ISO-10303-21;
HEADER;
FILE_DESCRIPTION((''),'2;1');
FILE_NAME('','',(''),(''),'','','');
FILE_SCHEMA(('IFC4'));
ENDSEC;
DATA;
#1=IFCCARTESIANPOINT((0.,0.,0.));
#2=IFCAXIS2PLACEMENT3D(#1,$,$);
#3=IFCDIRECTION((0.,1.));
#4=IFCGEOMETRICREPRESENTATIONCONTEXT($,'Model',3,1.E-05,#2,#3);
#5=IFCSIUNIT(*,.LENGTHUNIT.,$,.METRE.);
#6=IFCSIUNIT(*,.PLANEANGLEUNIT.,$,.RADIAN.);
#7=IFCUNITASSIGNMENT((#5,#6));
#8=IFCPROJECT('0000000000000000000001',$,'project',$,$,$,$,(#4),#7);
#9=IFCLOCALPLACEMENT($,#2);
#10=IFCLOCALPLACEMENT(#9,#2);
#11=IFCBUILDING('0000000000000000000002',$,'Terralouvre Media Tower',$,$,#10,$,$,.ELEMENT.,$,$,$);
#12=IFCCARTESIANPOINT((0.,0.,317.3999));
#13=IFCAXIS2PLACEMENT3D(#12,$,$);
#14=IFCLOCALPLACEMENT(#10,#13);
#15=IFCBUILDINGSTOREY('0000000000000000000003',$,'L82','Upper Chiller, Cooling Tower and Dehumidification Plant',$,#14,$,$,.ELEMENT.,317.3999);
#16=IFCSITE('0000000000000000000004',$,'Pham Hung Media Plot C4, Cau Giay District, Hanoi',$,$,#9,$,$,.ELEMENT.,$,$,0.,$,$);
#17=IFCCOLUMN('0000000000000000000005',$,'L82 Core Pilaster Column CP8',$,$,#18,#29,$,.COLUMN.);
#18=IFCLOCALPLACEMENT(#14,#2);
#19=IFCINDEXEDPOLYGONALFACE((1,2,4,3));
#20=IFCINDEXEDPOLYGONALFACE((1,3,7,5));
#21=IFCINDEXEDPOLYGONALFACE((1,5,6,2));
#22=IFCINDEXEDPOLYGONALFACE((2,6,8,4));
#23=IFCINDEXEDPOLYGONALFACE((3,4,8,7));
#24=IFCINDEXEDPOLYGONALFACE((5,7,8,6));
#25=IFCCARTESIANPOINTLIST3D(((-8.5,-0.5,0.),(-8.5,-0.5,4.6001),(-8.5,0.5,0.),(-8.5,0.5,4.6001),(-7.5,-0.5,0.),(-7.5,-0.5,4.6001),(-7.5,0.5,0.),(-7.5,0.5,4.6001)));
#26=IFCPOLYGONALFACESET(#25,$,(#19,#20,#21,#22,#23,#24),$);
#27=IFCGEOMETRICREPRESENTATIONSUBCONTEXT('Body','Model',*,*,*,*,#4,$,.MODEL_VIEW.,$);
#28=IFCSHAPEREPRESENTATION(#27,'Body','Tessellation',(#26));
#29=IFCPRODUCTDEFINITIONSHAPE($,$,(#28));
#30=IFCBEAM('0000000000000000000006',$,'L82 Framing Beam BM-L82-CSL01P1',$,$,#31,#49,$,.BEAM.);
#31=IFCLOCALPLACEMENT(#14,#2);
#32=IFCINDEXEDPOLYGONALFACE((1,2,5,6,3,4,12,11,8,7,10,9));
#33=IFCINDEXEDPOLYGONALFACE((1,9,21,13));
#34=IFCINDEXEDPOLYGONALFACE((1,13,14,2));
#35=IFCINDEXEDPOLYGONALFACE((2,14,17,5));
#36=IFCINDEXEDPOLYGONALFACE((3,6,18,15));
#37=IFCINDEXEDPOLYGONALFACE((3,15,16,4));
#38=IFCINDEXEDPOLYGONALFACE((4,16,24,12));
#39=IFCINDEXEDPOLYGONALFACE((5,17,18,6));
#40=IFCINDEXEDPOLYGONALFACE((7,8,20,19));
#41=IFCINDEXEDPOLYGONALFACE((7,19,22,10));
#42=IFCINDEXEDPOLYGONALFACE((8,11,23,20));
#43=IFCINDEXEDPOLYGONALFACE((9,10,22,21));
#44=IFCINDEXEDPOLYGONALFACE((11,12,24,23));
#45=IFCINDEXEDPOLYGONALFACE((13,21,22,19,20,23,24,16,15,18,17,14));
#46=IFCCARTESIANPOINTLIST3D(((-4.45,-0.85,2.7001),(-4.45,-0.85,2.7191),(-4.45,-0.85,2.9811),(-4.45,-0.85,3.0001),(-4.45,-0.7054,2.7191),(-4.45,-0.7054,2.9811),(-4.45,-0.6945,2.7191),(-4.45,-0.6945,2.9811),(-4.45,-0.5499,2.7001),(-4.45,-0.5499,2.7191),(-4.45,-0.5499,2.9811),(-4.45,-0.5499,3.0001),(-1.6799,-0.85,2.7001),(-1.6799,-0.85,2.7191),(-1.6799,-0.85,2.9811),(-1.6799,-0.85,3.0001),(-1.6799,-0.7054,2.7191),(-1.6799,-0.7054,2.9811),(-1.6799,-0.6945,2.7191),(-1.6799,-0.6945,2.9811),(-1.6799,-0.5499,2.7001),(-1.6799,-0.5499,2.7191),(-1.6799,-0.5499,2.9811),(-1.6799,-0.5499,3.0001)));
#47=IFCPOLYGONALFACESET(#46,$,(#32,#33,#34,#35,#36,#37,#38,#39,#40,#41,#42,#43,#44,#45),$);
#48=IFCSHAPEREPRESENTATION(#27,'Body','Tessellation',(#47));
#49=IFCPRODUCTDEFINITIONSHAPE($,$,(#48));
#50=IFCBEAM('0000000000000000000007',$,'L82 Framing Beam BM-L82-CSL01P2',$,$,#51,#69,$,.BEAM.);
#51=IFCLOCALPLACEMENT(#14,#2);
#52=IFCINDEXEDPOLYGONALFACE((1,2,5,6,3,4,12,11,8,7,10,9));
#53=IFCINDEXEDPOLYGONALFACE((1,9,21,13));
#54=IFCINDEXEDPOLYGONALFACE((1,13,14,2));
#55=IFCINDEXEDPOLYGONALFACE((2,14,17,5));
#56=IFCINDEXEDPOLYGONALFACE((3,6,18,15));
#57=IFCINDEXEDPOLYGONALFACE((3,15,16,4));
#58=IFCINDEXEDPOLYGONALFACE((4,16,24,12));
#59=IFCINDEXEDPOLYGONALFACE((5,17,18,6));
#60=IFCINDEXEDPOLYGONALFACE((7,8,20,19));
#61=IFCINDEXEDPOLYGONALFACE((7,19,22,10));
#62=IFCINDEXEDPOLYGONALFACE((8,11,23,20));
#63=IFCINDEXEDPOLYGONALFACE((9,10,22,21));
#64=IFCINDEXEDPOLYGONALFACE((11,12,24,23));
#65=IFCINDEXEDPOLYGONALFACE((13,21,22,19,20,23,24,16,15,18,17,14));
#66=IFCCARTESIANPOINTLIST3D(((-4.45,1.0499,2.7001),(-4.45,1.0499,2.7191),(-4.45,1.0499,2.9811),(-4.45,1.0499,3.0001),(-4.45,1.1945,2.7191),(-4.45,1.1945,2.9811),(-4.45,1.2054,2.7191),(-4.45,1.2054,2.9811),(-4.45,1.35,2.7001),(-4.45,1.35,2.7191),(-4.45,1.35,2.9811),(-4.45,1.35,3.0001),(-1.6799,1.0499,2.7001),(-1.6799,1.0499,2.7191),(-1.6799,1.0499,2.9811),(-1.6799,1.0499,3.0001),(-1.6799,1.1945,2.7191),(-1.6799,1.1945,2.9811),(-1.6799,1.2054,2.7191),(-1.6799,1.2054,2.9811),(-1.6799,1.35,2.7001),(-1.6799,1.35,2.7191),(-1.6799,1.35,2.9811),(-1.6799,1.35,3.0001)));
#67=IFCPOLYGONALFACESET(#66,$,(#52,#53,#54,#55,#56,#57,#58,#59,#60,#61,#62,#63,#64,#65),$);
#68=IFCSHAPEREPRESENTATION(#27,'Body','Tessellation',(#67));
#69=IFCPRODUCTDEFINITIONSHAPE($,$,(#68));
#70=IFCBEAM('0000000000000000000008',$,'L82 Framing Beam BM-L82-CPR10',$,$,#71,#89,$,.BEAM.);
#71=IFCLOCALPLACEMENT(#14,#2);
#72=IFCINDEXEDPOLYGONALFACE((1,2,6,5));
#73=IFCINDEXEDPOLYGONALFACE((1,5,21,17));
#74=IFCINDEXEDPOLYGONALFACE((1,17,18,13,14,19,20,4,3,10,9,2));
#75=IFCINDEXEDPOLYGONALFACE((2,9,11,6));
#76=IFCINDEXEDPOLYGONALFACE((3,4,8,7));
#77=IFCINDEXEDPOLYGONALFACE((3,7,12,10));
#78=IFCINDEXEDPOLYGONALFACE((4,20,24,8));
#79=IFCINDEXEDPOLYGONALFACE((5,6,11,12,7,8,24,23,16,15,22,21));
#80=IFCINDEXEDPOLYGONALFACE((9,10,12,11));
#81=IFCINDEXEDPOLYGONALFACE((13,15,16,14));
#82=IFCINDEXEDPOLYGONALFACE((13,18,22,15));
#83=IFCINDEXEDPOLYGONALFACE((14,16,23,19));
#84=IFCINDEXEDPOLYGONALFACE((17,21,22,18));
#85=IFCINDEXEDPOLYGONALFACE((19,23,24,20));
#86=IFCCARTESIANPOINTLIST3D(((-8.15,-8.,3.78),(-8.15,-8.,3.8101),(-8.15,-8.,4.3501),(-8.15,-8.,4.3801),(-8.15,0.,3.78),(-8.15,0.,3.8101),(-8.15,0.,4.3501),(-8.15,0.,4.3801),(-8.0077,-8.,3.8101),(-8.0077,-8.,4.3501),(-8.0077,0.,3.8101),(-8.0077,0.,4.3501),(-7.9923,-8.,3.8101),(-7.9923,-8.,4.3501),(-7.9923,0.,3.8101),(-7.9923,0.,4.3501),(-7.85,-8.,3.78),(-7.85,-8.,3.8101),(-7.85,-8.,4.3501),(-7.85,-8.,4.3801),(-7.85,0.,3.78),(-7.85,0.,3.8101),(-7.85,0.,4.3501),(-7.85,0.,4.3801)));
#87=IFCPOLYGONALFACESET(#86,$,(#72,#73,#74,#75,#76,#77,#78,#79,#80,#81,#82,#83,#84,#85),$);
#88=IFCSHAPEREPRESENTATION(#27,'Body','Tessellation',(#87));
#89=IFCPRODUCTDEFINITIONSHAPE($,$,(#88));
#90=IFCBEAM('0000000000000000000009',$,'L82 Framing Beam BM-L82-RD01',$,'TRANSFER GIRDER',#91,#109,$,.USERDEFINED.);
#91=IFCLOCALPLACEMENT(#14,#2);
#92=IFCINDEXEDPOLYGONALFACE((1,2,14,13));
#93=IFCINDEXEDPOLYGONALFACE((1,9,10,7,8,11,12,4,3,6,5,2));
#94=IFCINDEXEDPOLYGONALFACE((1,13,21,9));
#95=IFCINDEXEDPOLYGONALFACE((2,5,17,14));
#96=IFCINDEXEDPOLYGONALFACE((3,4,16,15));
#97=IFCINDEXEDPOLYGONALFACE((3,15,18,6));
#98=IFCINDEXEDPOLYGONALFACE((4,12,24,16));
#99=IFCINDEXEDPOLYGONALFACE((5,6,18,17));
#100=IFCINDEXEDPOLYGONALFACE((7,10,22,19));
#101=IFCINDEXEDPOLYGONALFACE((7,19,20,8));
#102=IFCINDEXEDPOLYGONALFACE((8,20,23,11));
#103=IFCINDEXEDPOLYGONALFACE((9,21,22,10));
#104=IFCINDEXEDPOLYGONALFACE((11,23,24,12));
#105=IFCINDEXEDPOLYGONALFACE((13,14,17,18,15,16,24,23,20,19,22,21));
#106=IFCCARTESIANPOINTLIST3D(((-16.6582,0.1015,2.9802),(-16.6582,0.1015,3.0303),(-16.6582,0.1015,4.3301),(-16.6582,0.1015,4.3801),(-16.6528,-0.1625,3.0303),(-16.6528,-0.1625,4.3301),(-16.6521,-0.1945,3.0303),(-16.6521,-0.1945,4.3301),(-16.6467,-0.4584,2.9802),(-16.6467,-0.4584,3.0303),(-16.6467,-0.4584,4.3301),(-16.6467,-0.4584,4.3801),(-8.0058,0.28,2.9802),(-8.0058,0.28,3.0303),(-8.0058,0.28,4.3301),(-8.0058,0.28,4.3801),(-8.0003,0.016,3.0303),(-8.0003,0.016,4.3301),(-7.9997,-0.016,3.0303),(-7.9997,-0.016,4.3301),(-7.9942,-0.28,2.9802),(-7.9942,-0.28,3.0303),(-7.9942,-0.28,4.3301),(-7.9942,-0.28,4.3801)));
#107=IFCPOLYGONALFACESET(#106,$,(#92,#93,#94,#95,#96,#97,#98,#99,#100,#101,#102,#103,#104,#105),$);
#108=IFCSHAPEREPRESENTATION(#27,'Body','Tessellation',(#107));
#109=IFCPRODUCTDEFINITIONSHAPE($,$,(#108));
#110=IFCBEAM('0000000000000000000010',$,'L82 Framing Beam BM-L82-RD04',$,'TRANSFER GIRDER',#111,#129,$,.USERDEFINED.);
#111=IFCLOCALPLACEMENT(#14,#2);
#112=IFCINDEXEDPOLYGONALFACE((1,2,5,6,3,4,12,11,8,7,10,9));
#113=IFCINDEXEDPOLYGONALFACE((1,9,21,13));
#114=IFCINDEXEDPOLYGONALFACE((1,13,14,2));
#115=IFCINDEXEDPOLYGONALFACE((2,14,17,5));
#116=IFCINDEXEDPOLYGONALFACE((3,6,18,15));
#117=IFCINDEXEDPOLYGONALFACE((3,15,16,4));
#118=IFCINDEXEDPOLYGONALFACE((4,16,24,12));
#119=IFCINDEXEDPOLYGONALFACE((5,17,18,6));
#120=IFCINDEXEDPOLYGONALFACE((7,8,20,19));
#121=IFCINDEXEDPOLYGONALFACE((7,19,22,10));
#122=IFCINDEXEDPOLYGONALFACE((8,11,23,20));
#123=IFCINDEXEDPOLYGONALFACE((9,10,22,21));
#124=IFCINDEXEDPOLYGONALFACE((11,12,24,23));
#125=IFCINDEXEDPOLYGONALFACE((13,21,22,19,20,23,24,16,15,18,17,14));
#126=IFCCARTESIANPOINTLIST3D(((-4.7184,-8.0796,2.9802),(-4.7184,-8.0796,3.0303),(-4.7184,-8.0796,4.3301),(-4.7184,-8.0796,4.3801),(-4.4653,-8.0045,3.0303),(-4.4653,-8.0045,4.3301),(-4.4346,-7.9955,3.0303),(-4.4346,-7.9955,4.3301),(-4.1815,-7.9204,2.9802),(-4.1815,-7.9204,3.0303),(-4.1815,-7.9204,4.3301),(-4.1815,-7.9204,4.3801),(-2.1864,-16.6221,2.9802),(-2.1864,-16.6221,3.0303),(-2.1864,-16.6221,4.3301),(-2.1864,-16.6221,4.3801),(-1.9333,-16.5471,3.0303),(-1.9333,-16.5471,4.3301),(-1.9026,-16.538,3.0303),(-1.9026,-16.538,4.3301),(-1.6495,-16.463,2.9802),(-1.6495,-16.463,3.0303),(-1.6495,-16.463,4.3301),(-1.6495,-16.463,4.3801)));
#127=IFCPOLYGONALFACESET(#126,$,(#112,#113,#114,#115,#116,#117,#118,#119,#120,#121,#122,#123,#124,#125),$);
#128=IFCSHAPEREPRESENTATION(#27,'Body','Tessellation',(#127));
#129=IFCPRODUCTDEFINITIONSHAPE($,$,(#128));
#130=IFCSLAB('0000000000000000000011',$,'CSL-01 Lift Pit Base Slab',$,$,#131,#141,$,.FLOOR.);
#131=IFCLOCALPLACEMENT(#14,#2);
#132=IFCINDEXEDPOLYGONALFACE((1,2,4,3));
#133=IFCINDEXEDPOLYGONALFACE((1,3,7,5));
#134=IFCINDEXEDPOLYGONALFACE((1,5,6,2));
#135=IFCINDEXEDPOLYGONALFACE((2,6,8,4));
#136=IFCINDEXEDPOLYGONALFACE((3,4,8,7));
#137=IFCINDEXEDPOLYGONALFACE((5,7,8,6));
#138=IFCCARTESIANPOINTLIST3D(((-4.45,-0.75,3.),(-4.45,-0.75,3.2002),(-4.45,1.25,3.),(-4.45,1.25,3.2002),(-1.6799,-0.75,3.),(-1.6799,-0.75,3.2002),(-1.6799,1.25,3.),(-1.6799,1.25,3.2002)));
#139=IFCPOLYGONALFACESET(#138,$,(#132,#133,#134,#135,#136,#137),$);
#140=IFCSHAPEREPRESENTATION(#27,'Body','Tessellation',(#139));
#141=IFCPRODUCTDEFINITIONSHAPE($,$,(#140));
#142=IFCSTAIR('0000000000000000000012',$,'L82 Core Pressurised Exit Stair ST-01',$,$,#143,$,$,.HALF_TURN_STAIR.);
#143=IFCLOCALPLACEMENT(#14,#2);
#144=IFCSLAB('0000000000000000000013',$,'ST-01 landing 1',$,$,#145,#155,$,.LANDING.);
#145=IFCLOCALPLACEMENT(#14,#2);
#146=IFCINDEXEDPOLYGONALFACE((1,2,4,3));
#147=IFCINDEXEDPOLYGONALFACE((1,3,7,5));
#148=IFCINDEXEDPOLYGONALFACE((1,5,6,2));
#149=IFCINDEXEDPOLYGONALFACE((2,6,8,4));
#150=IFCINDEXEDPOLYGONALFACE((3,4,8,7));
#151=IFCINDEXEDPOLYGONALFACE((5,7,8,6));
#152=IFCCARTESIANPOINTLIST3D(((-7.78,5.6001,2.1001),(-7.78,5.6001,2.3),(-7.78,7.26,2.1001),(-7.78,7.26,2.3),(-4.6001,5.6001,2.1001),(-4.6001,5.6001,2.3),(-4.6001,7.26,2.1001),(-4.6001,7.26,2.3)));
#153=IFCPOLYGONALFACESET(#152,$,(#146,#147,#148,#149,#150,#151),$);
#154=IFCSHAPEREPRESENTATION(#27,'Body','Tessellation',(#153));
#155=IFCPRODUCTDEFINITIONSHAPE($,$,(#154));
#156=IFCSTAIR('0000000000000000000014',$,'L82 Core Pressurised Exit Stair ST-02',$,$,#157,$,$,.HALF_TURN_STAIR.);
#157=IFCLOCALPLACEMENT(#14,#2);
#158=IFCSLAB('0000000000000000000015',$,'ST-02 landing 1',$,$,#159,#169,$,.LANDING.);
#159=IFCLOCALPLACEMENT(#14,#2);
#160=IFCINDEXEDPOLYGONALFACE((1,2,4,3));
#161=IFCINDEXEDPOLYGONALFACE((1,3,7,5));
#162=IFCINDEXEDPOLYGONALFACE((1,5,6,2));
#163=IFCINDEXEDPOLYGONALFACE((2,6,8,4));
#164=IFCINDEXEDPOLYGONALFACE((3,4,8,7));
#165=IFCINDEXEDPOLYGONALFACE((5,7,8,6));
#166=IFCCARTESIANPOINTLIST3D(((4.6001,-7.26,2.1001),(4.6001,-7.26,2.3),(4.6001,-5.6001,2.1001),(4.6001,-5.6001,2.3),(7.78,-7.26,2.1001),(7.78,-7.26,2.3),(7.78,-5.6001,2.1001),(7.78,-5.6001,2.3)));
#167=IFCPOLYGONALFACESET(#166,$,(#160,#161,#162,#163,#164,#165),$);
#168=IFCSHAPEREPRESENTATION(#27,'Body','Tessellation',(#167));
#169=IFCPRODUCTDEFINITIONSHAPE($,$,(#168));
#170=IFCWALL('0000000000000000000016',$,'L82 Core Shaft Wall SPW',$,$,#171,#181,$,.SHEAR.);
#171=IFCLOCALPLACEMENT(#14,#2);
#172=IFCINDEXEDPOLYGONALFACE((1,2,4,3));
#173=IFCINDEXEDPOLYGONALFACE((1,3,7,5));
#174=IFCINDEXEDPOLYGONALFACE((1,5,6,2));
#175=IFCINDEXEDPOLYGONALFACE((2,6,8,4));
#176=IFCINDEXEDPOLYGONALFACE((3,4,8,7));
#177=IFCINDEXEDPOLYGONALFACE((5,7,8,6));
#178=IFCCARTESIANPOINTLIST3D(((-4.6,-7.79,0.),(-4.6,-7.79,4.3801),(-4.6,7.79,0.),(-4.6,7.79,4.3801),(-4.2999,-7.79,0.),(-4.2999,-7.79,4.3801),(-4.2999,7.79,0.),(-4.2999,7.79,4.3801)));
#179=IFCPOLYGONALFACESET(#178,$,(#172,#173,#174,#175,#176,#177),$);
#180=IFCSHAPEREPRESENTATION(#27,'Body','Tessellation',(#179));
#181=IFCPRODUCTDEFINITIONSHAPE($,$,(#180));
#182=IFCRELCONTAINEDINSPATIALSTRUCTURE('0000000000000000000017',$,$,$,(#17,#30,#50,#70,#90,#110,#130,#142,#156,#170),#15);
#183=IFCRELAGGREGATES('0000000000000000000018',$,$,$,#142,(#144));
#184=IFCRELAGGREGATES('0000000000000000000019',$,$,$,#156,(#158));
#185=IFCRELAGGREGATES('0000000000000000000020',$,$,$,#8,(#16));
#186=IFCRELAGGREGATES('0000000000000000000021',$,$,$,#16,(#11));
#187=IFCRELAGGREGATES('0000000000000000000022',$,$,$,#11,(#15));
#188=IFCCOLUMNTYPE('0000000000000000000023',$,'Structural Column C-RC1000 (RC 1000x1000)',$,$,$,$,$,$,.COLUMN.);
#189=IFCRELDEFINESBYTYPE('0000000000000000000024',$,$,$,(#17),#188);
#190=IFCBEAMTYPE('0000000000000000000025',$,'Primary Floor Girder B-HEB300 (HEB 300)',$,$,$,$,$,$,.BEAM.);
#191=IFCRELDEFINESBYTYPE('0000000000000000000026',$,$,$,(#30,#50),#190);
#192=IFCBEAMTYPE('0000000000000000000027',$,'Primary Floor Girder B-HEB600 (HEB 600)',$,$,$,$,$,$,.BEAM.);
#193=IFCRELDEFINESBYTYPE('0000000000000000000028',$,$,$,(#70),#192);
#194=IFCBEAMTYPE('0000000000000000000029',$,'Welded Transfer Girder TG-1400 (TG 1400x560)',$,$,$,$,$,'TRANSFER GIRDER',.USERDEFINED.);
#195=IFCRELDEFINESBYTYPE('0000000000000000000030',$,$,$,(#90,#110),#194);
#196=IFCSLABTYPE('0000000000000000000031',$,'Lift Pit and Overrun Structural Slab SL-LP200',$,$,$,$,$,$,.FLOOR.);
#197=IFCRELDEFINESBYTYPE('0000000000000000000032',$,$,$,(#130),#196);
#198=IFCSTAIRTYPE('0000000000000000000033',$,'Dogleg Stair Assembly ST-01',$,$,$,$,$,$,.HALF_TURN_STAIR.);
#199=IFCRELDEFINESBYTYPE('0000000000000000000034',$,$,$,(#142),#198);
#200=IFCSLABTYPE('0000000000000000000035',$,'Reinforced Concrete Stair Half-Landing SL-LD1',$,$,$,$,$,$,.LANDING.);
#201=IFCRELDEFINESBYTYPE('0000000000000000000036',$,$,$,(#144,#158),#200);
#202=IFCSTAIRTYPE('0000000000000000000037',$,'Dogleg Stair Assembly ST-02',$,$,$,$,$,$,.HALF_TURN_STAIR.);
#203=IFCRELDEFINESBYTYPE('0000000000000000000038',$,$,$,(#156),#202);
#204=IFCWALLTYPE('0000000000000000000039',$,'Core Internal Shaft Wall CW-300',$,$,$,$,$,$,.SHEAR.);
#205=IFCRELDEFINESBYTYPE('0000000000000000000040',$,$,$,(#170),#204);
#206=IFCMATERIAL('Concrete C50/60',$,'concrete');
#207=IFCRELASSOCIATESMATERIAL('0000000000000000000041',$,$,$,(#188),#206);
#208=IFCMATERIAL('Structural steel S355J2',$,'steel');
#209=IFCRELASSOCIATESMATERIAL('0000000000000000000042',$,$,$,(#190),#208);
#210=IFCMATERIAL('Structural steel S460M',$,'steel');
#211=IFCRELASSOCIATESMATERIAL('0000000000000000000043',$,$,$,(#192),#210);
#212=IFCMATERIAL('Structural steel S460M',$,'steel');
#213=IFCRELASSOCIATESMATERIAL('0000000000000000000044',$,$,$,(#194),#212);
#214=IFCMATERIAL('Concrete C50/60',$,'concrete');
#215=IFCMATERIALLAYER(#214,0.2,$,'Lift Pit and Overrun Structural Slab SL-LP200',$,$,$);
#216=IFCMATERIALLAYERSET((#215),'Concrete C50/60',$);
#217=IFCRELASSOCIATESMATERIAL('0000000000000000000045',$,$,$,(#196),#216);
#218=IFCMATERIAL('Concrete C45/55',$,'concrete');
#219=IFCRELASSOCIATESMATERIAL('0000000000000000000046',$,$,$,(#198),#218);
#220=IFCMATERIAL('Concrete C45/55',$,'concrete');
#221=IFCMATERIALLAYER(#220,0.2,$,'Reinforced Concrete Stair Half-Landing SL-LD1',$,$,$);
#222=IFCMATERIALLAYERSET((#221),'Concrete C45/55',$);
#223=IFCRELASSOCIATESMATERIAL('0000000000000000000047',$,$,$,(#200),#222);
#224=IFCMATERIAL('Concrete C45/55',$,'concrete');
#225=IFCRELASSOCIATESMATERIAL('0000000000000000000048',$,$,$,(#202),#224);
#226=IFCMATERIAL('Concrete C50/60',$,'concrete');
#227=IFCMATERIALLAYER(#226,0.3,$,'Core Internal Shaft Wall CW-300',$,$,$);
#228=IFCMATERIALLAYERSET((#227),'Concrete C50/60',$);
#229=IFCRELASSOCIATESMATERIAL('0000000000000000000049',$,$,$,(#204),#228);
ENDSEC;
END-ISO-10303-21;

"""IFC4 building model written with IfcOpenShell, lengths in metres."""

from ifc_helpers import new_model, si_unit, direction, frame, frame_2d, origin, origin_2d, place, context, subcontext, project, spatial, polyline, rectangle, i_section, outline, extrude, material, layer, layer_set, material_profile, profile_set, type_object, element, aggregate, save


model = new_model("IFC4")

# Units and contexts
model_context = context("Model", 3, precision=1e-05, world=origin(), true_north=direction((0.0, 1.0)))
body_context = subcontext(model_context, "Body", "Model", "MODEL_VIEW")
ifc_project = project(units=[si_unit("LENGTHUNIT", "METRE"), si_unit("PLANEANGLEUNIT", "RADIAN")], contexts=[model_context])

# Site, building, storey
site_placement = place(None, origin())
site = spatial("IfcSite", under=ifc_project, at=site_placement, Name="Pham Hung Media Plot C4, Cau Giay District, Hanoi", CompositionType="ELEMENT", RefElevation=0.0)
building_placement = place(site_placement, origin())
building = spatial("IfcBuilding", under=site, at=building_placement, Name="Terralouvre Media Tower", CompositionType="ELEMENT")
storey_placement = place(building_placement, frame((0.0, 0.0, 317.3999)))
storey = spatial("IfcBuildingStorey", under=building, at=storey_placement, Name="L82", Description="Upper Chiller, Cooling Tower and Dehumidification Plant", CompositionType="ELEMENT", Elevation=317.3999)

# Column
ifc_material_1 = material(Name="Concrete C50/60", Category="concrete")
ifc_material_profile_1 = material_profile(ifc_material_1, rectangle(XDim=1.0, YDim=1.0, at=origin_2d()), Name="RC 1000x1000")
ifc_profile_set_1 = profile_set([ifc_material_profile_1], Name="Concrete C50/60")
column_type = type_object("IfcColumnType", Name="Structural Column C-RC1000 (RC 1000x1000)", PredefinedType="COLUMN", material=ifc_profile_set_1)
column_placement = place(storey_placement, frame((-8.0, 0.0, 0.0), z_axis=(0.0, 0.0, 1.0), x_axis=(1.0, 0.0, 0.0)))
element("IfcColumn", 1, at=column_placement, inside=storey, type_object=column_type, Name="L82 Core Pilaster Column CP8", PredefinedType="COLUMN", context=body_context, shape_type="SweptSolid", body=[
    extrude(rectangle(XDim=1.0, YDim=1.0, at=origin_2d()), origin(), (0.0, 0.0, 1.0), 4.6001),
])

# Beams
ifc_material_2 = material(Name="Structural steel S355J2", Category="steel")
ifc_material_profile_2 = material_profile(ifc_material_2, i_section(OverallWidth=0.3, OverallDepth=0.3, WebThickness=0.011, FlangeThickness=0.019, at=origin_2d()), Name="HEB 300")
ifc_profile_set_2 = profile_set([ifc_material_profile_2], Name="Structural steel S355J2")
beam_type_1 = type_object("IfcBeamType", Name="Primary Floor Girder B-HEB300 (HEB 300)", PredefinedType="BEAM", material=ifc_profile_set_2)
for number, where, z_axis, x_axis, name in (
    (2, (-4.45, -0.7, 2.8501), (1.0, 0.0, 0.0), (0.0, 1.0, 0.0), "L82 Framing Beam BM-L82-CSL01P1"),
    (3, (-4.45, 1.2, 2.8501), (1.0, 0.0, 0.0), (0.0, 1.0, 0.0), "L82 Framing Beam BM-L82-CSL01P2"),
):
    element("IfcBeam", number, at=place(storey_placement, frame(where, z_axis=z_axis, x_axis=x_axis)), inside=storey, type_object=beam_type_1, Name=name, PredefinedType="BEAM", context=body_context, shape_type="SweptSolid", body=[
        extrude(i_section(OverallWidth=0.3, OverallDepth=0.3, WebThickness=0.011, FlangeThickness=0.019, at=origin_2d()), origin(), (0.0, 0.0, 1.0), 2.77),
    ])
ifc_material_3 = material(Name="Structural steel S460M", Category="steel")
ifc_material_profile_3 = material_profile(ifc_material_3, i_section(OverallWidth=0.3, OverallDepth=0.6001, WebThickness=0.0154, FlangeThickness=0.03, at=origin_2d()), Name="HEB 600")
ifc_profile_set_3 = profile_set([ifc_material_profile_3], Name="Structural steel S460M")
beam_type_2 = type_object("IfcBeamType", Name="Primary Floor Girder B-HEB600 (HEB 600)", PredefinedType="BEAM", material=ifc_profile_set_3)
beam_1_placement = place(storey_placement, frame((-8.0, 0.0, 4.0801), z_axis=(0.0, -1.0, 0.0), x_axis=(1.0, 0.0, 0.0)))
element("IfcBeam", 4, at=beam_1_placement, inside=storey, type_object=beam_type_2, Name="L82 Framing Beam BM-L82-CPR10", PredefinedType="BEAM", context=body_context, shape_type="SweptSolid", body=[
    extrude(i_section(OverallWidth=0.3, OverallDepth=0.6001, WebThickness=0.0154, FlangeThickness=0.03, at=origin_2d()), origin(), (0.0, 0.0, 1.0), 8.0),
])
ifc_material_4 = material(Name="Structural steel S460M", Category="steel")
ifc_material_profile_4 = material_profile(ifc_material_4, i_section(OverallWidth=0.5601, OverallDepth=1.3999, WebThickness=0.032, FlangeThickness=0.05, at=origin_2d()), Name="TG 1400x560")
ifc_profile_set_4 = profile_set([ifc_material_profile_4], Name="Structural steel S460M")
beam_type_3 = type_object("IfcBeamType", Name="Welded Transfer Girder TG-1400 (TG 1400x560)", ElementType="TRANSFER GIRDER", PredefinedType="USERDEFINED", material=ifc_profile_set_4)
beam_2_placement = place(storey_placement, frame((-8.0, 0.0, 3.6802), z_axis=(-0.999787, -0.020622, 0.0), x_axis=(0.020622, -0.999787, 0.0)))
element("IfcBeam", 5, at=beam_2_placement, inside=storey, type_object=beam_type_3, Name="L82 Framing Beam BM-L82-RD01", ObjectType="TRANSFER GIRDER", PredefinedType="USERDEFINED", context=body_context, shape_type="SweptSolid", body=[
    extrude(i_section(OverallWidth=0.5601, OverallDepth=1.3999, WebThickness=0.032, FlangeThickness=0.05, at=origin_2d()), origin(), (0.0, 0.0, 1.0), 8.6543),
])
beam_3_placement = place(storey_placement, frame((-4.45, -8.0, 3.6802), z_axis=(0.284179, -0.958771, 0.0), x_axis=(0.958771, 0.284179, 0.0)))
element("IfcBeam", 6, at=beam_3_placement, inside=storey, type_object=beam_type_3, Name="L82 Framing Beam BM-L82-RD04", ObjectType="TRANSFER GIRDER", PredefinedType="USERDEFINED", context=body_context, shape_type="SweptSolid", body=[
    extrude(i_section(OverallWidth=0.5601, OverallDepth=1.3999, WebThickness=0.032, FlangeThickness=0.05, at=origin_2d()), origin(), (0.0, 0.0, 1.0), 8.9099),
])

# Slab
ifc_material_5 = material(Name="Concrete C50/60", Category="concrete")
ifc_layer_1 = layer(ifc_material_5, 0.2, Name="Lift Pit and Overrun Structural Slab SL-LP200")
ifc_layer_set_1 = layer_set([ifc_layer_1], Name="Concrete C50/60")
slab_type_1 = type_object("IfcSlabType", Name="Lift Pit and Overrun Structural Slab SL-LP200", PredefinedType="FLOOR", material=ifc_layer_set_1)
slab_1_placement = place(storey_placement, frame((0.0, 0.0, 3.0)))
element("IfcSlab", 7, at=slab_1_placement, inside=storey, type_object=slab_type_1, Name="CSL-01 Lift Pit Base Slab", PredefinedType="FLOOR", context=body_context, shape_type="SweptSolid", body=[
    extrude(outline(polyline([(-4.45, -0.75), (-1.6799, -0.75), (-1.6799, 1.25), (-4.45, 1.25), (-4.45, -0.75)])), origin(), (0.0, 0.0, 1.0), 0.2002),
])

# Stairs, slabs
ifc_material_6 = material(Name="Concrete C45/55", Category="concrete")
stair_type_1 = type_object("IfcStairType", Name="Dogleg Stair Assembly ST-01", PredefinedType="HALF_TURN_STAIR", material=ifc_material_6)
stair_1_placement = place(storey_placement, origin())
stair_1 = element("IfcStair", 8, at=stair_1_placement, inside=storey, type_object=stair_type_1, Name="L82 Core Pressurised Exit Stair ST-01", PredefinedType="HALF_TURN_STAIR")
ifc_material_7 = material(Name="Concrete C45/55", Category="concrete")
ifc_layer_2 = layer(ifc_material_7, 0.2, Name="Reinforced Concrete Stair Half-Landing SL-LD1")
ifc_layer_set_2 = layer_set([ifc_layer_2], Name="Concrete C45/55")
slab_type_2 = type_object("IfcSlabType", Name="Reinforced Concrete Stair Half-Landing SL-LD1", PredefinedType="LANDING", material=ifc_layer_set_2)
slab_2_placement = place(storey_placement, frame((0.0, 0.0, 2.1001)))
slab_2 = element("IfcSlab", 9, at=slab_2_placement, type_object=slab_type_2, Name="ST-01 landing 1", PredefinedType="LANDING", context=body_context, shape_type="SweptSolid", body=[
    extrude(outline(polyline([(-4.6001, 5.6001), (-4.6001, 7.26), (-7.78, 7.26), (-7.78, 5.6001), (-4.6001, 5.6001)])), origin(), (0.0, 0.0, 1.0), 0.2),
])
aggregate(stair_1, [slab_2])
ifc_material_8 = material(Name="Concrete C45/55", Category="concrete")
stair_type_2 = type_object("IfcStairType", Name="Dogleg Stair Assembly ST-02", PredefinedType="HALF_TURN_STAIR", material=ifc_material_8)
stair_2_placement = place(storey_placement, origin())
stair_2 = element("IfcStair", 10, at=stair_2_placement, inside=storey, type_object=stair_type_2, Name="L82 Core Pressurised Exit Stair ST-02", PredefinedType="HALF_TURN_STAIR")
slab_3_placement = place(storey_placement, frame((0.0, 0.0, 2.1001)))
slab_3 = element("IfcSlab", 11, at=slab_3_placement, type_object=slab_type_2, Name="ST-02 landing 1", PredefinedType="LANDING", context=body_context, shape_type="SweptSolid", body=[
    extrude(outline(polyline([(4.6001, -5.6001), (4.6001, -7.26), (7.78, -7.26), (7.78, -5.6001), (4.6001, -5.6001)])), origin(), (0.0, 0.0, 1.0), 0.2),
])
aggregate(stair_2, [slab_3])

# Wall
ifc_material_9 = material(Name="Concrete C50/60", Category="concrete")
ifc_layer_3 = layer(ifc_material_9, 0.3, Name="Core Internal Shaft Wall CW-300")
ifc_layer_set_3 = layer_set([ifc_layer_3], Name="Concrete C50/60")
wall_type_1 = type_object("IfcWallType", Name="Core Internal Shaft Wall CW-300", PredefinedType="SHEAR", material=ifc_layer_set_3)
wall_1_placement = place(storey_placement, frame((-4.45, -7.79, 0.0), z_axis=(0.0, 0.0, 1.0), x_axis=(0.0, 1.0, 0.0)))
element("IfcWall", 12, at=wall_1_placement, inside=storey, type_object=wall_type_1, Name="L82 Core Shaft Wall SPW", PredefinedType="SHEAR", context=body_context, shape_type="SweptSolid", body=[
    extrude(rectangle(XDim=15.5801, YDim=0.3, at=frame_2d((7.79, 0.0))), origin(), (0.0, 0.0, 1.0), 4.3801),
])

save(model, "model.ifc")
